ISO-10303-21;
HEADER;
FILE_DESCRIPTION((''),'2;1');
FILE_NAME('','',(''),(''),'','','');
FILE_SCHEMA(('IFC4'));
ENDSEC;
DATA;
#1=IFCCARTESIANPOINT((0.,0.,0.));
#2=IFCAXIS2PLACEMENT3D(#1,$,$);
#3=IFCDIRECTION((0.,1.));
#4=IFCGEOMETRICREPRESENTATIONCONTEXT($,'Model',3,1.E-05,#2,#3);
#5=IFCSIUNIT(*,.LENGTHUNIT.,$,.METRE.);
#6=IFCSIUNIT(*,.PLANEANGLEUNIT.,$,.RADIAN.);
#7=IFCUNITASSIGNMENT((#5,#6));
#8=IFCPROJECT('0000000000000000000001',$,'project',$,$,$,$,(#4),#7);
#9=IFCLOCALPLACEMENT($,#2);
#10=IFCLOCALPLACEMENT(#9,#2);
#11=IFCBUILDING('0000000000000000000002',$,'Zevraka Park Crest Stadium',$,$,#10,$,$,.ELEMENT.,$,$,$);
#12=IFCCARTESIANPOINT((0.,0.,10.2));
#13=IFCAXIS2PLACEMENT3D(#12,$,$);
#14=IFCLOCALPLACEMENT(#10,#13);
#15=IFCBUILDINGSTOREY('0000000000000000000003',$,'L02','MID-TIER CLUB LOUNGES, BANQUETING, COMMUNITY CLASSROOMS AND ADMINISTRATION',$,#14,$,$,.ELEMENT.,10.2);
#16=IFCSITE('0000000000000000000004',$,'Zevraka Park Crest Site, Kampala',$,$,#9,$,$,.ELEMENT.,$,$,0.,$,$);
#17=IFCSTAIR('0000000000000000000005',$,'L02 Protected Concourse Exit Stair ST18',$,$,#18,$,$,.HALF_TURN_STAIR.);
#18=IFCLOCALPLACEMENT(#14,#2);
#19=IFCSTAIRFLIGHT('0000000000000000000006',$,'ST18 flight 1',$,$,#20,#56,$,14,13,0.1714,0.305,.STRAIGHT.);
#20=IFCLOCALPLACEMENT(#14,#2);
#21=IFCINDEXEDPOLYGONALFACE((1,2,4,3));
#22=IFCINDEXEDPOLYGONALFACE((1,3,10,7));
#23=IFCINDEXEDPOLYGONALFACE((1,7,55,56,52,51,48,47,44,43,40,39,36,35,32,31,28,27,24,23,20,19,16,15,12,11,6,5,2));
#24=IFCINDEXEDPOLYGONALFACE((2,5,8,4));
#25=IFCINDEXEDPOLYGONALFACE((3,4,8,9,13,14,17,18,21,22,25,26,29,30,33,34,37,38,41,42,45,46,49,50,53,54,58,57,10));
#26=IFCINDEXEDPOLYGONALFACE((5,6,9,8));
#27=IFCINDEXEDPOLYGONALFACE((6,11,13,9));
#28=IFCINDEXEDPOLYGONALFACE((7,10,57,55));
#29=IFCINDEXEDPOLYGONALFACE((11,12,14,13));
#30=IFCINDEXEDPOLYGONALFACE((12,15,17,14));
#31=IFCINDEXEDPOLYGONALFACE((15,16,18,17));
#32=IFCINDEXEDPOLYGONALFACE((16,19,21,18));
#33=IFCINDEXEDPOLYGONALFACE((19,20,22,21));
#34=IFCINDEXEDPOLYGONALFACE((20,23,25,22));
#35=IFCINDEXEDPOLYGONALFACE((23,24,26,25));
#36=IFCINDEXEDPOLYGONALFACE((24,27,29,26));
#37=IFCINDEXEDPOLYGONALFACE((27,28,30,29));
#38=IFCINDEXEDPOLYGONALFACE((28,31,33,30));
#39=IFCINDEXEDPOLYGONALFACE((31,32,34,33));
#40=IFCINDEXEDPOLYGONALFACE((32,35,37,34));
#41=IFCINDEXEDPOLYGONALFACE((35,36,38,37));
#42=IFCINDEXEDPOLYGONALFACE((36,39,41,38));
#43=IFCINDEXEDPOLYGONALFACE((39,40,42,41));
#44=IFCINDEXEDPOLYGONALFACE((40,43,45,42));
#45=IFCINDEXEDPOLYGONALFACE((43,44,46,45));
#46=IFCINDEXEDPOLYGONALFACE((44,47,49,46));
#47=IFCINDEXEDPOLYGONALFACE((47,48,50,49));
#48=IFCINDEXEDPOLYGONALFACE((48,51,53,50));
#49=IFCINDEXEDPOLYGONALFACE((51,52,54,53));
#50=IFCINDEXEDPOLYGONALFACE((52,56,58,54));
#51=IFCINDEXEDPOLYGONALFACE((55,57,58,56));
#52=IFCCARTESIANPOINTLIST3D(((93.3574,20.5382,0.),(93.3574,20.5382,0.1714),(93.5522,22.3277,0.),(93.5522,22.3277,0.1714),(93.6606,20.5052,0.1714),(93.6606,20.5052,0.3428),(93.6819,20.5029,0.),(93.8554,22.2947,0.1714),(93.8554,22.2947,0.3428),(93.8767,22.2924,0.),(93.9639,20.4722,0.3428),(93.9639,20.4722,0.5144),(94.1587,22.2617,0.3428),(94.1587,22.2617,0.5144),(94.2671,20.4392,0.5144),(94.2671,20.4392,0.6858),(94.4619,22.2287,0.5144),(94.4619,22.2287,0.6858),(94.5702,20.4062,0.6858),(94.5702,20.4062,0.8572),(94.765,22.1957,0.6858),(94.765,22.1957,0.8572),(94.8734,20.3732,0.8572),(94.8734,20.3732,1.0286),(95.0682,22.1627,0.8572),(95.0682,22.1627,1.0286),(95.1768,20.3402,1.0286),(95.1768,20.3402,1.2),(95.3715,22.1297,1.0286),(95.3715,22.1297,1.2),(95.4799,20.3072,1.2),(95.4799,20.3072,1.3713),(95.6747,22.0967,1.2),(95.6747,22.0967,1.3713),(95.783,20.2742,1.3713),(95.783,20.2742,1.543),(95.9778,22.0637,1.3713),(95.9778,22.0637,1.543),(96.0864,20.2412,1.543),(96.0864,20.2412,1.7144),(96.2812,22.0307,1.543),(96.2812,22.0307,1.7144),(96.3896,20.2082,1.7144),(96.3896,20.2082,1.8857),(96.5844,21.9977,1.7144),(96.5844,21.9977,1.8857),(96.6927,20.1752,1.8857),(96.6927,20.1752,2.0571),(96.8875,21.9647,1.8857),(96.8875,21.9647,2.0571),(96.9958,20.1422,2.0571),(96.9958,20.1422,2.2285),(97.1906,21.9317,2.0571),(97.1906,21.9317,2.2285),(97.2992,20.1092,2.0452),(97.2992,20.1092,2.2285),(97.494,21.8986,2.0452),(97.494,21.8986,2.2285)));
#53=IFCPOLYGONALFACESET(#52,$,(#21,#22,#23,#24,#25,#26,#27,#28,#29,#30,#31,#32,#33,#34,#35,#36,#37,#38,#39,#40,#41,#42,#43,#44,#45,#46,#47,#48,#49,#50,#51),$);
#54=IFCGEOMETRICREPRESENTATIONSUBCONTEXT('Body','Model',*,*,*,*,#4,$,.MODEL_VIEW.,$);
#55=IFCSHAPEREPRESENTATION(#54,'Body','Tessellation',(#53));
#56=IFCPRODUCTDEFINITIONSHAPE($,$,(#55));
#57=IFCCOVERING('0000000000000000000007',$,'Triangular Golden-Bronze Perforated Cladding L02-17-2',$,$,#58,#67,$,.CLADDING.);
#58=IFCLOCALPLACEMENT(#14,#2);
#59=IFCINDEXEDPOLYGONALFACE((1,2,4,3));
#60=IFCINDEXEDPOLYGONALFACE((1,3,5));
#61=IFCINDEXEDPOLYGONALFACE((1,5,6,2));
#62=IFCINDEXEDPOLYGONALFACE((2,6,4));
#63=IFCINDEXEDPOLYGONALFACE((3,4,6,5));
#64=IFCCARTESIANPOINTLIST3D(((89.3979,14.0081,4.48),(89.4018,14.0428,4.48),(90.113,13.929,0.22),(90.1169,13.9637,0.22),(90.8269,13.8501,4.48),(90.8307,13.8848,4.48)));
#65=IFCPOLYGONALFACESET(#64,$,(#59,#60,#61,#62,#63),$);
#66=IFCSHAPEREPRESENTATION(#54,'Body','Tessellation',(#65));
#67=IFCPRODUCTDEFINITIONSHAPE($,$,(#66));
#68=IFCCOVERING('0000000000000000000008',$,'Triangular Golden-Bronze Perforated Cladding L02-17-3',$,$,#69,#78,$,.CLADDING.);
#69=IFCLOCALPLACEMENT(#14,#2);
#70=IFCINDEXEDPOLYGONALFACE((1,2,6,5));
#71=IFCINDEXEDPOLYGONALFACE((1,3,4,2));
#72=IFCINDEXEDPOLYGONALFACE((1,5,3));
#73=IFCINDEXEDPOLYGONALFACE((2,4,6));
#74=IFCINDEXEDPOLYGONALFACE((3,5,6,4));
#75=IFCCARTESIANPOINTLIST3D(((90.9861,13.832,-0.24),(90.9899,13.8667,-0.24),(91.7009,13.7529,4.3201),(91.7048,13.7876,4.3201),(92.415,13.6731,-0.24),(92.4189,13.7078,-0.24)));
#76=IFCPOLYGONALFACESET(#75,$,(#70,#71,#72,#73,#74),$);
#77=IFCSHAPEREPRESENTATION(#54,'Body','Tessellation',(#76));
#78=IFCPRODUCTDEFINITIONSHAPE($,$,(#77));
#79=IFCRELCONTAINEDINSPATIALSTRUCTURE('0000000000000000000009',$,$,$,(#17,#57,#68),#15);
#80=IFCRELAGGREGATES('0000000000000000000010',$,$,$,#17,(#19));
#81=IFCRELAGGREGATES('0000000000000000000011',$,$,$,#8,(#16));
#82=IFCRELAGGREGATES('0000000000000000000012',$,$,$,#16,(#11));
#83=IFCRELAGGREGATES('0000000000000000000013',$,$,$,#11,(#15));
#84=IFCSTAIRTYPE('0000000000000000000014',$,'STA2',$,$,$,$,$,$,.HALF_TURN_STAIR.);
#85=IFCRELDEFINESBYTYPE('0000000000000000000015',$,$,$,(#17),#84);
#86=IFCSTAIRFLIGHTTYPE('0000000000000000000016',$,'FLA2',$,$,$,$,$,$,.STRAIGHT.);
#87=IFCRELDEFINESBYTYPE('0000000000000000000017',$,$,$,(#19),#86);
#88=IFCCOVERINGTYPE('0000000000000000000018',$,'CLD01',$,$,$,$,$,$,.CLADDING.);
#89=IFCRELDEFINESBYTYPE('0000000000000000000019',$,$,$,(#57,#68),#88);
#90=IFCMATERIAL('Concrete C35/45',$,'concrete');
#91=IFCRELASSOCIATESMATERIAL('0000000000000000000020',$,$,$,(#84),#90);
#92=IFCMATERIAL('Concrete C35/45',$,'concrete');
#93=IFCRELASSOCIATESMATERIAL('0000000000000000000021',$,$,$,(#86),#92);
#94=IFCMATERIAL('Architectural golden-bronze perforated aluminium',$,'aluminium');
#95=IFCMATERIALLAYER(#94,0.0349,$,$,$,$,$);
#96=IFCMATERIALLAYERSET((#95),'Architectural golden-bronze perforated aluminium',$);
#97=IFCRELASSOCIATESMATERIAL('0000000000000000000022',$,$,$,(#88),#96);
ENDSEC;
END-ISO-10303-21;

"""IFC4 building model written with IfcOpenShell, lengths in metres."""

from ifc_helpers import new_model, si_unit, direction, frame, origin, place, context, subcontext, project, spatial, polyline, outline, extrude, material, layer, layer_set, type_object, element, aggregate, save


model = new_model("IFC4")

# Units and contexts
model_context = context("Model", 3, precision=1e-05, world=origin(), true_north=direction((0.0, 1.0)))
body_context = subcontext(model_context, "Body", "Model", "MODEL_VIEW")
ifc_project = project(units=[si_unit("LENGTHUNIT", "METRE"), si_unit("PLANEANGLEUNIT", "RADIAN")], contexts=[model_context])

# Site, building, storey
site_placement = place(None, origin())
site = spatial("IfcSite", under=ifc_project, at=site_placement, Name="Zevraka Park Crest Site, Kampala", CompositionType="ELEMENT", RefElevation=0.0)
building_placement = place(site_placement, origin())
building = spatial("IfcBuilding", under=site, at=building_placement, Name="Zevraka Park Crest Stadium", CompositionType="ELEMENT")
storey_placement = place(building_placement, frame((0.0, 0.0, 10.2)))
storey = spatial("IfcBuildingStorey", under=building, at=storey_placement, Name="L02", Description="MID-TIER CLUB LOUNGES, BANQUETING, COMMUNITY CLASSROOMS AND ADMINISTRATION", CompositionType="ELEMENT", Elevation=10.2)

# Stair, stair flight
ifc_material_1 = material(Name="Concrete C35/45", Category="concrete")
stair_type = type_object("IfcStairType", Name="STA2", PredefinedType="HALF_TURN_STAIR", material=ifc_material_1)
stair_placement = place(storey_placement, origin())
stair = element("IfcStair", 1, at=stair_placement, inside=storey, type_object=stair_type, Name="L02 Protected Concourse Exit Stair ST18", PredefinedType="HALF_TURN_STAIR")
ifc_material_2 = material(Name="Concrete C35/45", Category="concrete")
stair_flight_type = type_object("IfcStairFlightType", Name="FLA2", PredefinedType="STRAIGHT", material=ifc_material_2)
stair_flight_placement = place(storey_placement, frame((93.4548, 21.4331, 0.0), z_axis=(0.0, 0.0, 1.0), x_axis=(0.994128, -0.108215, 0.0)))
stair_flight = element("IfcStairFlight", 2, at=stair_flight_placement, type_object=stair_flight_type, Name="ST18 flight 1", NumberOfRisers=14, NumberOfTreads=13, PredefinedType="STRAIGHT", RiserHeight=0.1714, TreadLength=0.305, context=body_context, shape_type="SweptSolid", body=[
    extrude(outline(polyline([(0.0, 0.0), (0.0, 0.1714), (0.3049, 0.1714), (0.3049, 0.3428), (0.6101, 0.3428), (0.6101, 0.5144), (0.915, 0.5144), (0.915, 0.6858), (1.22, 0.6858), (1.22, 0.8572), (1.5249, 0.8572), (1.5249, 1.0286), (1.8301, 1.0286), (1.8301, 1.2), (2.135, 1.2), (2.135, 1.3713), (2.4399, 1.3713), (2.4399, 1.543), (2.7451, 1.543), (2.7451, 1.7144), (3.05, 1.7144), (3.05, 1.8857), (3.355, 1.8857), (3.355, 2.0571), (3.6599, 2.0571), (3.6599, 2.2285), (3.9651, 2.2285), (3.9651, 2.3999), (3.9651, 2.0452), (0.3264, 0.0), (0.0, 0.0)])), frame((0.0, 0.8999, 0.0), z_axis=(0.0, -1.0, 0.0), x_axis=(1.0, 0.0, 0.0)), (0.0, 0.0, 1.0), 1.8),
])
aggregate(stair, [stair_flight])

# Coverings
ifc_material_3 = material(Name="Architectural golden-bronze perforated aluminium", Category="aluminium")
ifc_layer_1 = layer(ifc_material_3, 0.0349)
ifc_layer_set_1 = layer_set([ifc_layer_1], Name="Architectural golden-bronze perforated aluminium")
covering_type = type_object("IfcCoveringType", Name="CLD01", PredefinedType="CLADDING", material=ifc_layer_set_1)
covering_1_placement = place(storey_placement, frame((90.8269, 13.8501, 4.48), z_axis=(-0.109872, -0.993946, 0.000013), x_axis=(-0.993946, 0.109872, 0.0)))
element("IfcCovering", 3, at=covering_1_placement, inside=storey, type_object=covering_type, Name="Triangular Golden-Bronze Perforated Cladding L02-17-2", PredefinedType="CLADDING", context=body_context, shape_type="SweptSolid", body=[
    extrude(outline(polyline([(0.0, 0.0), (1.4377, 0.0), (0.7182, 4.26), (0.0, 0.0)])), origin(), (0.0, 0.0, -1.0), 0.0349),
])
covering_2_placement = place(storey_placement, frame((90.9861, 13.832, -0.24), z_axis=(-0.110543, -0.993871, 0.000089), x_axis=(0.993871, -0.110543, 0.0)))
element("IfcCovering", 4, at=covering_2_placement, inside=storey, type_object=covering_type, Name="Triangular Golden-Bronze Perforated Cladding L02-17-3", PredefinedType="CLADDING", context=body_context, shape_type="SweptSolid", body=[
    extrude(outline(polyline([(0.0, 0.0), (1.4378, 0.0), (0.7192, 4.5601), (0.0, 0.0)])), origin(), (0.0, 0.0, -1.0), 0.0349),
])

save(model, "model.ifc")
